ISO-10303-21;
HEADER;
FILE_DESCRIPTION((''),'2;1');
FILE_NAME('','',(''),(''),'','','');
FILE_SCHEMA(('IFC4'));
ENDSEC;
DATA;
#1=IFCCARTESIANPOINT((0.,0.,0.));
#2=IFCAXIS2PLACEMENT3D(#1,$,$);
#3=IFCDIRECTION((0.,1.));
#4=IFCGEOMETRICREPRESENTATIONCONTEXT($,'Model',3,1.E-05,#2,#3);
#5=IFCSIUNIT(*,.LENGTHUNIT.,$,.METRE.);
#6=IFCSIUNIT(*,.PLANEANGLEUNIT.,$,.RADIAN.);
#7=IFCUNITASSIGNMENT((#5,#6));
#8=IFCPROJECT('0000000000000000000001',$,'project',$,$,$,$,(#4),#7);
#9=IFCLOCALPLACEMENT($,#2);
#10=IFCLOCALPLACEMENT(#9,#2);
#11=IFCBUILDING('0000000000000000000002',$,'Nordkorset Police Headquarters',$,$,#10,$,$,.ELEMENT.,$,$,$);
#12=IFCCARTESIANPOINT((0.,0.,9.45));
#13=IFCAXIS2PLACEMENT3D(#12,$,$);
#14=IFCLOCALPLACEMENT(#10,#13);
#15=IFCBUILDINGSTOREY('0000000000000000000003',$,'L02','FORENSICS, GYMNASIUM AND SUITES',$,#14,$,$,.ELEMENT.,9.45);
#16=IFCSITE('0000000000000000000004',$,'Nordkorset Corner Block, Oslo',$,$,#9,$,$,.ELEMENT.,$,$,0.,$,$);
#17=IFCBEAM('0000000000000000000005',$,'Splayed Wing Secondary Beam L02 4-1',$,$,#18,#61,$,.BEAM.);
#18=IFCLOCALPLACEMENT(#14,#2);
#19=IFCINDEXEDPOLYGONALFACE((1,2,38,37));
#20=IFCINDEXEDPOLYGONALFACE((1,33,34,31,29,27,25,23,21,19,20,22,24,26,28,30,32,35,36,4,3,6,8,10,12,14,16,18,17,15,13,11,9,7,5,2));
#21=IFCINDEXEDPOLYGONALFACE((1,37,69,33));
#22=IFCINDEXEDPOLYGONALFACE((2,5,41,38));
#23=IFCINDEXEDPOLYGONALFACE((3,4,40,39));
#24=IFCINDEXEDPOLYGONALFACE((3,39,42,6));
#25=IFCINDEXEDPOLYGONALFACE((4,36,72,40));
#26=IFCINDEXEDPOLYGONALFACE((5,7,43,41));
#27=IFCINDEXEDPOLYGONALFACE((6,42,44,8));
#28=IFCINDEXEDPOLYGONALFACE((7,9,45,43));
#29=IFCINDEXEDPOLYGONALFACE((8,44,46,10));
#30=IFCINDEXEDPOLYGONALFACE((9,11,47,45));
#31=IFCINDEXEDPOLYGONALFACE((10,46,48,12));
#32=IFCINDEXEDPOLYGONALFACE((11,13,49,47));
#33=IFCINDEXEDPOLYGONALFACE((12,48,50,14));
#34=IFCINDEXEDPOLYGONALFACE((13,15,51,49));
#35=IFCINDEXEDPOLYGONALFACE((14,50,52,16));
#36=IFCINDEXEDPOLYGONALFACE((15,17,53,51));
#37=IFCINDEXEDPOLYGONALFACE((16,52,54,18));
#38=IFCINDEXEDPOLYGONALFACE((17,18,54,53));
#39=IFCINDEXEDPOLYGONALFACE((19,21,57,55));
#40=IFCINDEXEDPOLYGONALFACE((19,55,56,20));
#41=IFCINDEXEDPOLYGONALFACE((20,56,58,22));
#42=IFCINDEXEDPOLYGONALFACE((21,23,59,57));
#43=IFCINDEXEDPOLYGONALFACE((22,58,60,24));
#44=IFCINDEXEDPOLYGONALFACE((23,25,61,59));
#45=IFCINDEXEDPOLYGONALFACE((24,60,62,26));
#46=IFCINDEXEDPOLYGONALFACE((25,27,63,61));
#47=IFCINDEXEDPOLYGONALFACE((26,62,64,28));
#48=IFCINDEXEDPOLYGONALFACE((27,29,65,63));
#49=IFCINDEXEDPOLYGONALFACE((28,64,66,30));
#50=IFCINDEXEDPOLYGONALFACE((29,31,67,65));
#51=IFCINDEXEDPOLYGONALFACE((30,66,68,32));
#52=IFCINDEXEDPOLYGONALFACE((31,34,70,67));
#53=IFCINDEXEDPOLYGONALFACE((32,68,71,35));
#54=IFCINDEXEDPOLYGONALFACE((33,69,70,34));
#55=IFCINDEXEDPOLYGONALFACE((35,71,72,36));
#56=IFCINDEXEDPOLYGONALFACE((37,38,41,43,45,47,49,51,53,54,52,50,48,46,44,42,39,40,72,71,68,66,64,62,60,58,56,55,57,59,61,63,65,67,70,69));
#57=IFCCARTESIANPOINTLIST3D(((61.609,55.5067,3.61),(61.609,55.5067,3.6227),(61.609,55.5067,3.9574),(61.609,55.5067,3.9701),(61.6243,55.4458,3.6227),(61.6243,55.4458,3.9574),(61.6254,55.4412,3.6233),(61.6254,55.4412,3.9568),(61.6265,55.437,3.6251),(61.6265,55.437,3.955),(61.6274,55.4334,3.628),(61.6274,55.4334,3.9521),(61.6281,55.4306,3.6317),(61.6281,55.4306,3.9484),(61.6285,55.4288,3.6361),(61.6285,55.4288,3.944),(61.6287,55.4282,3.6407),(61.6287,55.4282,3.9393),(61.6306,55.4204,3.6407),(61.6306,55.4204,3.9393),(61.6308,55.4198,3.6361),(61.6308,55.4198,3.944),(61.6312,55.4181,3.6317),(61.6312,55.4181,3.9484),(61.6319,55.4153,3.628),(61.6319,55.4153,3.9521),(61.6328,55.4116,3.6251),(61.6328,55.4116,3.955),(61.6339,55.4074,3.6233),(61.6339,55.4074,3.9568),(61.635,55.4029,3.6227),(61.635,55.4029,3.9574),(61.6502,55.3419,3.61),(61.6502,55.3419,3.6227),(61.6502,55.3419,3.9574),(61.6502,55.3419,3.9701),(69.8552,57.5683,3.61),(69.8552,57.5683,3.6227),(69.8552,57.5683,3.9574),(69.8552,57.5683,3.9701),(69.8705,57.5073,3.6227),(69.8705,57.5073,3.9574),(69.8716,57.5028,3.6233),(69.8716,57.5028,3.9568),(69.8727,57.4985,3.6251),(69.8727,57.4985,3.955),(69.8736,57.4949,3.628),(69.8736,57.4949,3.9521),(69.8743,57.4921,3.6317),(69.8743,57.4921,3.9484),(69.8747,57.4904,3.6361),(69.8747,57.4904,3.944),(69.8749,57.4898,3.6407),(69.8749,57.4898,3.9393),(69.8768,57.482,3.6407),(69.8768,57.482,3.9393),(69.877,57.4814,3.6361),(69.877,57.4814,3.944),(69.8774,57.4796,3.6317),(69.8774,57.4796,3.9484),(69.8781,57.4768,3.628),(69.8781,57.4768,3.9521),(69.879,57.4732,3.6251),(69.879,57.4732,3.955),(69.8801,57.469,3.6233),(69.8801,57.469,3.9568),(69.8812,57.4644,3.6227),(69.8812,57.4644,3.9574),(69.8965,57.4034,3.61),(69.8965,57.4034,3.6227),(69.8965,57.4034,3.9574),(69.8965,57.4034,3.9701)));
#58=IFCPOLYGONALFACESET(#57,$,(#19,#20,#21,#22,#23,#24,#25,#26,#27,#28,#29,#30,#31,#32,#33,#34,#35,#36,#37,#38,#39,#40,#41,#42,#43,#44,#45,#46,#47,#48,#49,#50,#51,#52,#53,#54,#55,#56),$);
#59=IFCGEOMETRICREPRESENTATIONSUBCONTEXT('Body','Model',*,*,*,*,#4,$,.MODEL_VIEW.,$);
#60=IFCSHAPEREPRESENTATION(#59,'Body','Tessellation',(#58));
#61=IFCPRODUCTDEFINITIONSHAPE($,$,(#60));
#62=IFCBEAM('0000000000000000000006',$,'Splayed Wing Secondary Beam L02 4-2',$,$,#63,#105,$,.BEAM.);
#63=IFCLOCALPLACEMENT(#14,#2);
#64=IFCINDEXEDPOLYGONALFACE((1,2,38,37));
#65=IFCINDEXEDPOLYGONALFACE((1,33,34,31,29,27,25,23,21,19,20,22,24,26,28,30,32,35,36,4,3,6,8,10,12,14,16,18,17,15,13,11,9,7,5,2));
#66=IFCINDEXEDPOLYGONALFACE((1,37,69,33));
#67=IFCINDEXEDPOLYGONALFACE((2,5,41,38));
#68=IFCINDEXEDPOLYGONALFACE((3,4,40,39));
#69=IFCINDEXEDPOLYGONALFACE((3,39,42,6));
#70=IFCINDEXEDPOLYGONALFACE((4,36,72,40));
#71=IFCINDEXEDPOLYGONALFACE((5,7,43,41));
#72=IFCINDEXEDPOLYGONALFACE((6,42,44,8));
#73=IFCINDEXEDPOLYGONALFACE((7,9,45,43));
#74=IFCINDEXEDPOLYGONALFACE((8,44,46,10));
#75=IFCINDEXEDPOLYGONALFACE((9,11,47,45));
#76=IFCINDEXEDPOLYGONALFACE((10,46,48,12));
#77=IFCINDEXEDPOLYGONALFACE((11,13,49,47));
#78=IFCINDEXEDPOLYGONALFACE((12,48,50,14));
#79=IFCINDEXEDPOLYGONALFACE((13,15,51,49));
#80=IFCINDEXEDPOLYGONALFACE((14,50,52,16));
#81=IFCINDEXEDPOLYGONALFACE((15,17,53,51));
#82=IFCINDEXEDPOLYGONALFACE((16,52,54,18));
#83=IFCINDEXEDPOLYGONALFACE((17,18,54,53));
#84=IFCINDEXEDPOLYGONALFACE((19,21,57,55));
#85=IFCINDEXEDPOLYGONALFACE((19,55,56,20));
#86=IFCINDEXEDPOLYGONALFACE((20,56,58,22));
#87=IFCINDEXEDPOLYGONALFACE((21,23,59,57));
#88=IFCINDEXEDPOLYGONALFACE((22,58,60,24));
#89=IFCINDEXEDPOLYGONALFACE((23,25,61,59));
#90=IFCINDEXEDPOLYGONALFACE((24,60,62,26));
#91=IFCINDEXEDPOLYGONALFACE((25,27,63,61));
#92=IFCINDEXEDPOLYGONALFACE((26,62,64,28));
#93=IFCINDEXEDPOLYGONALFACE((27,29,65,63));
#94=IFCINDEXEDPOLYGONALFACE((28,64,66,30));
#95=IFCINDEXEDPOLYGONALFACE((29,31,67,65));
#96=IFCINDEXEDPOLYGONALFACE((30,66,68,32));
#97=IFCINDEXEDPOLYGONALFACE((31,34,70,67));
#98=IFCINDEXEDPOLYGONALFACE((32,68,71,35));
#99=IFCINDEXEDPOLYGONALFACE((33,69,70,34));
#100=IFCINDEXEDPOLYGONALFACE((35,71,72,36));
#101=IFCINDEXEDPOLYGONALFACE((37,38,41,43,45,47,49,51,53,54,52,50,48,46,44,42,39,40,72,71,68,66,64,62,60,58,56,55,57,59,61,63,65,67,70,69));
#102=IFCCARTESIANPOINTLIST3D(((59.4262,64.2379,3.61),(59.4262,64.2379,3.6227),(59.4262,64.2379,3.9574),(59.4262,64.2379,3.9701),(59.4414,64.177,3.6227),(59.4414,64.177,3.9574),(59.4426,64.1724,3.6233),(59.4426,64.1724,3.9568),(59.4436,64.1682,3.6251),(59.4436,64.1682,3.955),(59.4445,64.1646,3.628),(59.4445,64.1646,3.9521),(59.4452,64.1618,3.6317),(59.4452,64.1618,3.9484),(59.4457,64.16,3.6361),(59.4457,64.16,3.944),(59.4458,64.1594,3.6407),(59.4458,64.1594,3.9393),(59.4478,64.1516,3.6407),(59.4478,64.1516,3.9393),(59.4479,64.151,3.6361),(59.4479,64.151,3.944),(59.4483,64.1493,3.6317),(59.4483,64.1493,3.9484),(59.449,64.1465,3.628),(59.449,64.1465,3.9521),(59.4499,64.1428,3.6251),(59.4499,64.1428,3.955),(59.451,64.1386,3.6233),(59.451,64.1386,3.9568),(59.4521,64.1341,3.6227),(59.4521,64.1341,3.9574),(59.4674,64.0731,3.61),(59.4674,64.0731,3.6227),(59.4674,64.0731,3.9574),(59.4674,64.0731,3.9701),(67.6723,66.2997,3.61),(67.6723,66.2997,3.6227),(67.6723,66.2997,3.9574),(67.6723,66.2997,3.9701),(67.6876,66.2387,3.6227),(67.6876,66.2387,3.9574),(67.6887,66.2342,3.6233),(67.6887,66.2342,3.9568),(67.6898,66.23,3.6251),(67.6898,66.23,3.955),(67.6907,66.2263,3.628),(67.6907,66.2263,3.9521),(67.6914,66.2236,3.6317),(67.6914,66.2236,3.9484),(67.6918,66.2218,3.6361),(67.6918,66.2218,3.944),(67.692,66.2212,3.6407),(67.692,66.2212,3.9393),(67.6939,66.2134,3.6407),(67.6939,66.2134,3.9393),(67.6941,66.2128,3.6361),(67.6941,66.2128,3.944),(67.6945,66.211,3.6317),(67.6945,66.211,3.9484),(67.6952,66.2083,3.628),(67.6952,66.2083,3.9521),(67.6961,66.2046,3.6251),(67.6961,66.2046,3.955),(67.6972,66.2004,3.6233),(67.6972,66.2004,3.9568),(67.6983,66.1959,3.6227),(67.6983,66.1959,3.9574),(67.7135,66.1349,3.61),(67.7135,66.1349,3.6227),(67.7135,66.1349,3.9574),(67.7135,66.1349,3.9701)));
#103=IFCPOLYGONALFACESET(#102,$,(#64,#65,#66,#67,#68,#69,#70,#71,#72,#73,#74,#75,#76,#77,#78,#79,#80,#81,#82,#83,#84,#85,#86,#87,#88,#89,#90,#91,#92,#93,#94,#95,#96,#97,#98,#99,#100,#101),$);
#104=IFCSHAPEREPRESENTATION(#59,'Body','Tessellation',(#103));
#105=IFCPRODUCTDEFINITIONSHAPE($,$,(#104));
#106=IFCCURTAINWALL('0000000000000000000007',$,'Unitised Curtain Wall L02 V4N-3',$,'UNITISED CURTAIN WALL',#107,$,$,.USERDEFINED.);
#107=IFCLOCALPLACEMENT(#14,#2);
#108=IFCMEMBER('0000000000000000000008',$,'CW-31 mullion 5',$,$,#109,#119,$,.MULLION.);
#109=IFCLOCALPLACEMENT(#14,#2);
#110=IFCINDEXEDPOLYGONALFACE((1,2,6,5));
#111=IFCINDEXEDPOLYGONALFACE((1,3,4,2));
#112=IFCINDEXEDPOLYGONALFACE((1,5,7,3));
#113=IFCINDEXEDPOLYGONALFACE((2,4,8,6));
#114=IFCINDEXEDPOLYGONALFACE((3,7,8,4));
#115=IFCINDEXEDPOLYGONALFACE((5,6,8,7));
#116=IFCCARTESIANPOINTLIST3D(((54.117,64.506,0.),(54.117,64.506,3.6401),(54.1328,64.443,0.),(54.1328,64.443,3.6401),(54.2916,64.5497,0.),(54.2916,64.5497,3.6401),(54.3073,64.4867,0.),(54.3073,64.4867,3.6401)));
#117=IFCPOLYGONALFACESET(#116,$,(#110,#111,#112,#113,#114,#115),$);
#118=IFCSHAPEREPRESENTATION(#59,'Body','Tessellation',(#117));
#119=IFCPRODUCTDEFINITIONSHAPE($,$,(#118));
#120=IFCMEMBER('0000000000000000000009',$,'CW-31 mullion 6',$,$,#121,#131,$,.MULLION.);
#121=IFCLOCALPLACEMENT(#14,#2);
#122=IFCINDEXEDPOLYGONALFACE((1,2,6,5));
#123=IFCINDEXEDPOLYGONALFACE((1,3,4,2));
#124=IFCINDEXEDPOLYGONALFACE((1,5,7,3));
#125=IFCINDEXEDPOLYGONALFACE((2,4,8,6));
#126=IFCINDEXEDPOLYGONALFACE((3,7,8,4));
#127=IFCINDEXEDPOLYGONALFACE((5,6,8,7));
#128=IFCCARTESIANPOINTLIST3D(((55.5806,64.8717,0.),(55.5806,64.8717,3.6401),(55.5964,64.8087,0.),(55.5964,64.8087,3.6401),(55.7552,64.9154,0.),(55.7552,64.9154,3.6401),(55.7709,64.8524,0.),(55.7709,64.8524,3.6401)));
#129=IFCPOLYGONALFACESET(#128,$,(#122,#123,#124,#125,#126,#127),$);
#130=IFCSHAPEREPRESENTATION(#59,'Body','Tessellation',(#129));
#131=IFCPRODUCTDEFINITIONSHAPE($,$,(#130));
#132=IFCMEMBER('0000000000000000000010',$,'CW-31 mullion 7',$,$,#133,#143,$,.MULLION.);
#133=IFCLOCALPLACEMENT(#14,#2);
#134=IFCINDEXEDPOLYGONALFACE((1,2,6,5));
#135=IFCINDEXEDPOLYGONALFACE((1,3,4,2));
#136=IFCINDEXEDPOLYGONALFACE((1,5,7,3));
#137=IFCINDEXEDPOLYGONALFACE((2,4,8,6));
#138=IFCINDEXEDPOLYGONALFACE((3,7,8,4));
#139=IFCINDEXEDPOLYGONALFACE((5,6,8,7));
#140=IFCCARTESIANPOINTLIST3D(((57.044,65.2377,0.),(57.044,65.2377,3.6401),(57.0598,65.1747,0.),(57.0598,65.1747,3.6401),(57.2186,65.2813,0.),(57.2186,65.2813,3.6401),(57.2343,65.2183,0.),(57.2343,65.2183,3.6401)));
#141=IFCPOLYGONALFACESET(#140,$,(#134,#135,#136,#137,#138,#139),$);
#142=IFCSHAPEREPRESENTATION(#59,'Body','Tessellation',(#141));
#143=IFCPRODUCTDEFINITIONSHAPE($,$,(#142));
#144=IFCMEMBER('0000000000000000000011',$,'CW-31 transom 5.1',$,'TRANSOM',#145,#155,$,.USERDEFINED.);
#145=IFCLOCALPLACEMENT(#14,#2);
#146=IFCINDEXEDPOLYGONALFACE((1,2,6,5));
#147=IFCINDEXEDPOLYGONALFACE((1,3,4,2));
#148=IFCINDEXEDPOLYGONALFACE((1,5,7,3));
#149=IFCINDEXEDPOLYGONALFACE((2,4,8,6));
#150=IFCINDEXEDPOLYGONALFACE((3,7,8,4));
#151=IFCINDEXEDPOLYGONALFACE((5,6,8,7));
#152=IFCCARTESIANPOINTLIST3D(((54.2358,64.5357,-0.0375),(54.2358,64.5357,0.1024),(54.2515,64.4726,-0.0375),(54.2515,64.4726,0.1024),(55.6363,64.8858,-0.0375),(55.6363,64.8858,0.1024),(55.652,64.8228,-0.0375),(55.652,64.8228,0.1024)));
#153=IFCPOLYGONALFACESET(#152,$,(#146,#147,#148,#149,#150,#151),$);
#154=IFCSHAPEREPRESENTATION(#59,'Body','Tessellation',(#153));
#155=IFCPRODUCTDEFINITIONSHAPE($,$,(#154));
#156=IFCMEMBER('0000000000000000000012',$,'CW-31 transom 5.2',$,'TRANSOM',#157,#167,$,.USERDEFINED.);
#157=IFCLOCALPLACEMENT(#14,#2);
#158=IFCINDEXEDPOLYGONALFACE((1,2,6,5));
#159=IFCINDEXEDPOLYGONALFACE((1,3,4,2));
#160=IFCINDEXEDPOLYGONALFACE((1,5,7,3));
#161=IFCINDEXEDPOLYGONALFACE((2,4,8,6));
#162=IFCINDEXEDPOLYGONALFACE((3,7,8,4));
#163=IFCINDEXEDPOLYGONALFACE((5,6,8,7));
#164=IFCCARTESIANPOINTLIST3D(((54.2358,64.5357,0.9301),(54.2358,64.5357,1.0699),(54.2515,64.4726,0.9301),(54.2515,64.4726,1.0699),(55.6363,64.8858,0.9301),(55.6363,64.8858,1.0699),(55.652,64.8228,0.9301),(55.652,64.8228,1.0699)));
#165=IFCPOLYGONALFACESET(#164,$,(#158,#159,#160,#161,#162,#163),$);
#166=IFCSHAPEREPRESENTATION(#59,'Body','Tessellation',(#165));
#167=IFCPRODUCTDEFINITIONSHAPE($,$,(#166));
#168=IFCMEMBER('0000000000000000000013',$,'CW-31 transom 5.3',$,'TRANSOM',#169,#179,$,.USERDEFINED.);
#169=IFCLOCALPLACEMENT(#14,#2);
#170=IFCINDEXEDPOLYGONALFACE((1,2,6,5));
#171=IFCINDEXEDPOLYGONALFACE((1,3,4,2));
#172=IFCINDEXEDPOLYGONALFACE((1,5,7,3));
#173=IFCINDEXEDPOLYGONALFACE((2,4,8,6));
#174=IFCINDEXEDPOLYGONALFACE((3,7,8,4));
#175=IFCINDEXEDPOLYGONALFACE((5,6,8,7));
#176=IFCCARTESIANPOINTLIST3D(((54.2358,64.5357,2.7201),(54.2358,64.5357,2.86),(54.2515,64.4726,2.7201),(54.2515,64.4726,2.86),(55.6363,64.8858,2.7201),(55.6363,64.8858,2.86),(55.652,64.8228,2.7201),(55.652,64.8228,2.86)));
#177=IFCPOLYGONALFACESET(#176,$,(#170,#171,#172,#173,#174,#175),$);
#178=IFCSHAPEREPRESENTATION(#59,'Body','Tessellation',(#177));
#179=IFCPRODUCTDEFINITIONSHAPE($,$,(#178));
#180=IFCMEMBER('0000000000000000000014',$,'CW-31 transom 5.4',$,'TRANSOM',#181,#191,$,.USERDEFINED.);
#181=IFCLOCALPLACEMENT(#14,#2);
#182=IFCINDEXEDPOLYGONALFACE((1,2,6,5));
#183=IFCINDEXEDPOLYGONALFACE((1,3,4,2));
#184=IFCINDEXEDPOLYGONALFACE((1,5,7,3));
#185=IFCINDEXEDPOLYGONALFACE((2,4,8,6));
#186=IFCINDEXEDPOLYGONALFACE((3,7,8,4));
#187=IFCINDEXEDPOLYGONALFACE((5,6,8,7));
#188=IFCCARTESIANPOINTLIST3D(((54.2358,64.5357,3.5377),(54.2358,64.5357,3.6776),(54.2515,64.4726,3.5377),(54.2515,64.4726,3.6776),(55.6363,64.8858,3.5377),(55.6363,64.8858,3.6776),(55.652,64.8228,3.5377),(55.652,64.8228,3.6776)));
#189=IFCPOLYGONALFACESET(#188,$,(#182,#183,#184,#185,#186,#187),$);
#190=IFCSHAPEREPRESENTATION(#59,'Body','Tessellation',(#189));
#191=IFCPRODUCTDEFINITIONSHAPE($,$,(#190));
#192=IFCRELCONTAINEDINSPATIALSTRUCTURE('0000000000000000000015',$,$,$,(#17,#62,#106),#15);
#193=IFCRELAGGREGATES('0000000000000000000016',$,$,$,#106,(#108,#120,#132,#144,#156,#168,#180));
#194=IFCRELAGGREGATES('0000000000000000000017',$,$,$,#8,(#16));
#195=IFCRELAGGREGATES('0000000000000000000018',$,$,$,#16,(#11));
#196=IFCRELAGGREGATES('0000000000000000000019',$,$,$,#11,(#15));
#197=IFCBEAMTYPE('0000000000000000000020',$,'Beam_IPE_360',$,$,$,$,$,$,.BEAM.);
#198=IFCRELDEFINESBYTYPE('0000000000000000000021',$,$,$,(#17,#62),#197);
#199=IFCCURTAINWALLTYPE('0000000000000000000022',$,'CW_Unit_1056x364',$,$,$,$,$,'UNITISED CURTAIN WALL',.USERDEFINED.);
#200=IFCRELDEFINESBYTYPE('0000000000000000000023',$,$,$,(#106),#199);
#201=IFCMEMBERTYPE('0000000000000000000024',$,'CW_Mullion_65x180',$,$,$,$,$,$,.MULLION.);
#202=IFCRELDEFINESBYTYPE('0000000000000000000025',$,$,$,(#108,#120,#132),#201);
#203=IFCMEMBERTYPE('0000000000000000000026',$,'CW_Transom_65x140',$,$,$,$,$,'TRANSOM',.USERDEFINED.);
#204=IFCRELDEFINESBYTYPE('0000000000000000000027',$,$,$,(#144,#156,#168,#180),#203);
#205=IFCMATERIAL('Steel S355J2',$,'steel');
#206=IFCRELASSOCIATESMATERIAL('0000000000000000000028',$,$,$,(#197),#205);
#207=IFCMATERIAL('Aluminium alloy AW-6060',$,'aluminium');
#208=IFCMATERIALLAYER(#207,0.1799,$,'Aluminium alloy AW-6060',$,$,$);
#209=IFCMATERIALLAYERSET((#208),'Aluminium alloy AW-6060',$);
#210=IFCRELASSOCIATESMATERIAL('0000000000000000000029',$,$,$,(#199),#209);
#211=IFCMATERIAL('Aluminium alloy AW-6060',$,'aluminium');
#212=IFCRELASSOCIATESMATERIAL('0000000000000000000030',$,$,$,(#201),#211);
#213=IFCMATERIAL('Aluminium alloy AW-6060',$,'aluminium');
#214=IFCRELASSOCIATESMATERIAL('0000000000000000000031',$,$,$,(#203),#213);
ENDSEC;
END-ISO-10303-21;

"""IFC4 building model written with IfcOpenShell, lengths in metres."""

from ifc_helpers import new_model, si_unit, direction, frame, origin, origin_2d, place, context, subcontext, project, spatial, rectangle, i_section, extrude, material, layer, layer_set, material_profile, profile_set, type_object, element, aggregate, save


model = new_model("IFC4")

# Units and contexts
model_context = context("Model", 3, precision=1e-05, world=origin(), true_north=direction((0.0, 1.0)))
body_context = subcontext(model_context, "Body", "Model", "MODEL_VIEW")
ifc_project = project(units=[si_unit("LENGTHUNIT", "METRE"), si_unit("PLANEANGLEUNIT", "RADIAN")], contexts=[model_context])

# Site, building, storey
site_placement = place(None, origin())
site = spatial("IfcSite", under=ifc_project, at=site_placement, Name="Nordkorset Corner Block, Oslo", CompositionType="ELEMENT", RefElevation=0.0)
building_placement = place(site_placement, origin())
building = spatial("IfcBuilding", under=site, at=building_placement, Name="Nordkorset Police Headquarters", CompositionType="ELEMENT")
storey_placement = place(building_placement, frame((0.0, 0.0, 9.45)))
storey = spatial("IfcBuildingStorey", under=building, at=storey_placement, Name="L02", Description="FORENSICS, GYMNASIUM AND SUITES", CompositionType="ELEMENT", Elevation=9.45)

# Beams
ifc_material_1 = material(Name="Steel S355J2", Category="steel")
ifc_material_profile_1 = material_profile(ifc_material_1, i_section(OverallWidth=0.1699, OverallDepth=0.3601, WebThickness=0.0081, FlangeThickness=0.0127, FilletRadius=0.0181, at=origin_2d()), Name="IPE 360")
ifc_profile_set_1 = profile_set([ifc_material_profile_1], Name="Steel S355J2")
beam_type = type_object("IfcBeamType", Name="Beam_IPE_360", PredefinedType="BEAM", material=ifc_profile_set_1)
for number, where, z_axis, x_axis, name in (
    (1, (61.6296, 55.4243, 3.79), (0.970143, 0.242536, 0.0), (-0.242536, 0.970143, 0.0), "Splayed Wing Secondary Beam L02 4-1"),
    (2, (59.4468, 64.1555, 3.79), (0.970136, 0.242563, 0.0), (-0.242563, 0.970136, 0.0), "Splayed Wing Secondary Beam L02 4-2"),
):
    element("IfcBeam", number, at=place(storey_placement, frame(where, z_axis=z_axis, x_axis=x_axis)), inside=storey, type_object=beam_type, Name=name, PredefinedType="BEAM", context=body_context, shape_type="SweptSolid", body=[
        extrude(i_section(OverallWidth=0.1699, OverallDepth=0.3601, WebThickness=0.0081, FlangeThickness=0.0127, FilletRadius=0.0181, at=origin_2d()), origin(), (0.0, 0.0, 1.0), 8.5),
    ])

# Curtain wall, members
ifc_material_2 = material(Name="Aluminium alloy AW-6060", Category="aluminium")
ifc_layer_1 = layer(ifc_material_2, 0.1799, Name="Aluminium alloy AW-6060")
ifc_layer_set_1 = layer_set([ifc_layer_1], Name="Aluminium alloy AW-6060")
curtain_wall_type = type_object("IfcCurtainWallType", Name="CW_Unit_1056x364", ElementType="UNITISED CURTAIN WALL", PredefinedType="USERDEFINED", material=ifc_layer_set_1)
curtain_wall_placement = place(storey_placement, origin())
curtain_wall = element("IfcCurtainWall", 3, at=curtain_wall_placement, inside=storey, type_object=curtain_wall_type, Name="Unitised Curtain Wall L02 V4N-3", ObjectType="UNITISED CURTAIN WALL", PredefinedType="USERDEFINED")
ifc_material_3 = material(Name="Aluminium alloy AW-6060", Category="aluminium")
ifc_material_profile_2 = material_profile(ifc_material_3, rectangle(XDim=0.0649, YDim=0.1799, at=origin_2d()), Name="ALU MULL 65x180")
ifc_profile_set_2 = profile_set([ifc_material_profile_2], Name="Aluminium alloy AW-6060")
member_type_1 = type_object("IfcMemberType", Name="CW_Mullion_65x180", PredefinedType="MULLION", material=ifc_profile_set_2)
member_1_placement = place(storey_placement, frame((54.2122, 64.4963, 0.0), z_axis=(0.0, 0.0, 1.0), x_axis=(-0.242536, 0.970142, 0.0)))
member_1 = element("IfcMember", 4, at=member_1_placement, type_object=member_type_1, Name="CW-31 mullion 5", PredefinedType="MULLION", context=body_context, shape_type="SweptSolid", body=[
    extrude(rectangle(XDim=0.0649, YDim=0.1799, at=origin_2d()), origin(), (0.0, 0.0, 1.0), 3.6401),
])
member_2_placement = place(storey_placement, frame((55.6758, 64.8621, 0.0), z_axis=(0.0, 0.0, 1.0), x_axis=(-0.242536, 0.970142, 0.0)))
member_2 = element("IfcMember", 5, at=member_2_placement, type_object=member_type_1, Name="CW-31 mullion 6", PredefinedType="MULLION", context=body_context, shape_type="SweptSolid", body=[
    extrude(rectangle(XDim=0.0649, YDim=0.1799, at=origin_2d()), origin(), (0.0, 0.0, 1.0), 3.6401),
])
member_3_placement = place(storey_placement, frame((57.1392, 65.228, 0.0), z_axis=(0.0, 0.0, 1.0), x_axis=(-0.242536, 0.970142, 0.0)))
member_3 = element("IfcMember", 6, at=member_3_placement, type_object=member_type_1, Name="CW-31 mullion 7", PredefinedType="MULLION", context=body_context, shape_type="SweptSolid", body=[
    extrude(rectangle(XDim=0.0649, YDim=0.1799, at=origin_2d()), origin(), (0.0, 0.0, 1.0), 3.6401),
])
ifc_material_4 = material(Name="Aluminium alloy AW-6060", Category="aluminium")
ifc_material_profile_3 = material_profile(ifc_material_4, rectangle(XDim=0.0649, YDim=0.1399, at=origin_2d()), Name="ALU TRAN 65x140")
ifc_profile_set_3 = profile_set([ifc_material_profile_3], Name="Aluminium alloy AW-6060")
member_type_2 = type_object("IfcMemberType", Name="CW_Transom_65x140", ElementType="TRANSOM", PredefinedType="USERDEFINED", material=ifc_profile_set_3)
member_4_placement = place(storey_placement, frame((54.2437, 64.5042, 0.0325), z_axis=(0.970143, 0.242536, 0.0), x_axis=(-0.242536, 0.970143, 0.0)))
member_4 = element("IfcMember", 7, at=member_4_placement, type_object=member_type_2, Name="CW-31 transom 5.1", ObjectType="TRANSOM", PredefinedType="USERDEFINED", context=body_context, shape_type="SweptSolid", body=[
    extrude(rectangle(XDim=0.0649, YDim=0.1399, at=origin_2d()), origin(), (0.0, 0.0, 1.0), 1.4436),
])
member_5_placement = place(storey_placement, frame((54.2437, 64.5042, 1.0), z_axis=(0.970143, 0.242536, 0.0), x_axis=(-0.242536, 0.970143, 0.0)))
member_5 = element("IfcMember", 8, at=member_5_placement, type_object=member_type_2, Name="CW-31 transom 5.2", ObjectType="TRANSOM", PredefinedType="USERDEFINED", context=body_context, shape_type="SweptSolid", body=[
    extrude(rectangle(XDim=0.0649, YDim=0.1399, at=origin_2d()), origin(), (0.0, 0.0, 1.0), 1.4436),
])
member_6_placement = place(storey_placement, frame((54.2437, 64.5042, 2.79), z_axis=(0.970143, 0.242536, 0.0), x_axis=(-0.242536, 0.970143, 0.0)))
member_6 = element("IfcMember", 9, at=member_6_placement, type_object=member_type_2, Name="CW-31 transom 5.3", ObjectType="TRANSOM", PredefinedType="USERDEFINED", context=body_context, shape_type="SweptSolid", body=[
    extrude(rectangle(XDim=0.0649, YDim=0.1399, at=origin_2d()), origin(), (0.0, 0.0, 1.0), 1.4436),
])
member_7_placement = place(storey_placement, frame((54.2437, 64.5042, 3.6077), z_axis=(0.970143, 0.242536, 0.0), x_axis=(-0.242536, 0.970143, 0.0)))
member_7 = element("IfcMember", 10, at=member_7_placement, type_object=member_type_2, Name="CW-31 transom 5.4", ObjectType="TRANSOM", PredefinedType="USERDEFINED", context=body_context, shape_type="SweptSolid", body=[
    extrude(rectangle(XDim=0.0649, YDim=0.1399, at=origin_2d()), origin(), (0.0, 0.0, 1.0), 1.4436),
])
aggregate(curtain_wall, [member_1, member_2, member_3, member_4, member_5, member_6, member_7])

save(model, "model.ifc")
